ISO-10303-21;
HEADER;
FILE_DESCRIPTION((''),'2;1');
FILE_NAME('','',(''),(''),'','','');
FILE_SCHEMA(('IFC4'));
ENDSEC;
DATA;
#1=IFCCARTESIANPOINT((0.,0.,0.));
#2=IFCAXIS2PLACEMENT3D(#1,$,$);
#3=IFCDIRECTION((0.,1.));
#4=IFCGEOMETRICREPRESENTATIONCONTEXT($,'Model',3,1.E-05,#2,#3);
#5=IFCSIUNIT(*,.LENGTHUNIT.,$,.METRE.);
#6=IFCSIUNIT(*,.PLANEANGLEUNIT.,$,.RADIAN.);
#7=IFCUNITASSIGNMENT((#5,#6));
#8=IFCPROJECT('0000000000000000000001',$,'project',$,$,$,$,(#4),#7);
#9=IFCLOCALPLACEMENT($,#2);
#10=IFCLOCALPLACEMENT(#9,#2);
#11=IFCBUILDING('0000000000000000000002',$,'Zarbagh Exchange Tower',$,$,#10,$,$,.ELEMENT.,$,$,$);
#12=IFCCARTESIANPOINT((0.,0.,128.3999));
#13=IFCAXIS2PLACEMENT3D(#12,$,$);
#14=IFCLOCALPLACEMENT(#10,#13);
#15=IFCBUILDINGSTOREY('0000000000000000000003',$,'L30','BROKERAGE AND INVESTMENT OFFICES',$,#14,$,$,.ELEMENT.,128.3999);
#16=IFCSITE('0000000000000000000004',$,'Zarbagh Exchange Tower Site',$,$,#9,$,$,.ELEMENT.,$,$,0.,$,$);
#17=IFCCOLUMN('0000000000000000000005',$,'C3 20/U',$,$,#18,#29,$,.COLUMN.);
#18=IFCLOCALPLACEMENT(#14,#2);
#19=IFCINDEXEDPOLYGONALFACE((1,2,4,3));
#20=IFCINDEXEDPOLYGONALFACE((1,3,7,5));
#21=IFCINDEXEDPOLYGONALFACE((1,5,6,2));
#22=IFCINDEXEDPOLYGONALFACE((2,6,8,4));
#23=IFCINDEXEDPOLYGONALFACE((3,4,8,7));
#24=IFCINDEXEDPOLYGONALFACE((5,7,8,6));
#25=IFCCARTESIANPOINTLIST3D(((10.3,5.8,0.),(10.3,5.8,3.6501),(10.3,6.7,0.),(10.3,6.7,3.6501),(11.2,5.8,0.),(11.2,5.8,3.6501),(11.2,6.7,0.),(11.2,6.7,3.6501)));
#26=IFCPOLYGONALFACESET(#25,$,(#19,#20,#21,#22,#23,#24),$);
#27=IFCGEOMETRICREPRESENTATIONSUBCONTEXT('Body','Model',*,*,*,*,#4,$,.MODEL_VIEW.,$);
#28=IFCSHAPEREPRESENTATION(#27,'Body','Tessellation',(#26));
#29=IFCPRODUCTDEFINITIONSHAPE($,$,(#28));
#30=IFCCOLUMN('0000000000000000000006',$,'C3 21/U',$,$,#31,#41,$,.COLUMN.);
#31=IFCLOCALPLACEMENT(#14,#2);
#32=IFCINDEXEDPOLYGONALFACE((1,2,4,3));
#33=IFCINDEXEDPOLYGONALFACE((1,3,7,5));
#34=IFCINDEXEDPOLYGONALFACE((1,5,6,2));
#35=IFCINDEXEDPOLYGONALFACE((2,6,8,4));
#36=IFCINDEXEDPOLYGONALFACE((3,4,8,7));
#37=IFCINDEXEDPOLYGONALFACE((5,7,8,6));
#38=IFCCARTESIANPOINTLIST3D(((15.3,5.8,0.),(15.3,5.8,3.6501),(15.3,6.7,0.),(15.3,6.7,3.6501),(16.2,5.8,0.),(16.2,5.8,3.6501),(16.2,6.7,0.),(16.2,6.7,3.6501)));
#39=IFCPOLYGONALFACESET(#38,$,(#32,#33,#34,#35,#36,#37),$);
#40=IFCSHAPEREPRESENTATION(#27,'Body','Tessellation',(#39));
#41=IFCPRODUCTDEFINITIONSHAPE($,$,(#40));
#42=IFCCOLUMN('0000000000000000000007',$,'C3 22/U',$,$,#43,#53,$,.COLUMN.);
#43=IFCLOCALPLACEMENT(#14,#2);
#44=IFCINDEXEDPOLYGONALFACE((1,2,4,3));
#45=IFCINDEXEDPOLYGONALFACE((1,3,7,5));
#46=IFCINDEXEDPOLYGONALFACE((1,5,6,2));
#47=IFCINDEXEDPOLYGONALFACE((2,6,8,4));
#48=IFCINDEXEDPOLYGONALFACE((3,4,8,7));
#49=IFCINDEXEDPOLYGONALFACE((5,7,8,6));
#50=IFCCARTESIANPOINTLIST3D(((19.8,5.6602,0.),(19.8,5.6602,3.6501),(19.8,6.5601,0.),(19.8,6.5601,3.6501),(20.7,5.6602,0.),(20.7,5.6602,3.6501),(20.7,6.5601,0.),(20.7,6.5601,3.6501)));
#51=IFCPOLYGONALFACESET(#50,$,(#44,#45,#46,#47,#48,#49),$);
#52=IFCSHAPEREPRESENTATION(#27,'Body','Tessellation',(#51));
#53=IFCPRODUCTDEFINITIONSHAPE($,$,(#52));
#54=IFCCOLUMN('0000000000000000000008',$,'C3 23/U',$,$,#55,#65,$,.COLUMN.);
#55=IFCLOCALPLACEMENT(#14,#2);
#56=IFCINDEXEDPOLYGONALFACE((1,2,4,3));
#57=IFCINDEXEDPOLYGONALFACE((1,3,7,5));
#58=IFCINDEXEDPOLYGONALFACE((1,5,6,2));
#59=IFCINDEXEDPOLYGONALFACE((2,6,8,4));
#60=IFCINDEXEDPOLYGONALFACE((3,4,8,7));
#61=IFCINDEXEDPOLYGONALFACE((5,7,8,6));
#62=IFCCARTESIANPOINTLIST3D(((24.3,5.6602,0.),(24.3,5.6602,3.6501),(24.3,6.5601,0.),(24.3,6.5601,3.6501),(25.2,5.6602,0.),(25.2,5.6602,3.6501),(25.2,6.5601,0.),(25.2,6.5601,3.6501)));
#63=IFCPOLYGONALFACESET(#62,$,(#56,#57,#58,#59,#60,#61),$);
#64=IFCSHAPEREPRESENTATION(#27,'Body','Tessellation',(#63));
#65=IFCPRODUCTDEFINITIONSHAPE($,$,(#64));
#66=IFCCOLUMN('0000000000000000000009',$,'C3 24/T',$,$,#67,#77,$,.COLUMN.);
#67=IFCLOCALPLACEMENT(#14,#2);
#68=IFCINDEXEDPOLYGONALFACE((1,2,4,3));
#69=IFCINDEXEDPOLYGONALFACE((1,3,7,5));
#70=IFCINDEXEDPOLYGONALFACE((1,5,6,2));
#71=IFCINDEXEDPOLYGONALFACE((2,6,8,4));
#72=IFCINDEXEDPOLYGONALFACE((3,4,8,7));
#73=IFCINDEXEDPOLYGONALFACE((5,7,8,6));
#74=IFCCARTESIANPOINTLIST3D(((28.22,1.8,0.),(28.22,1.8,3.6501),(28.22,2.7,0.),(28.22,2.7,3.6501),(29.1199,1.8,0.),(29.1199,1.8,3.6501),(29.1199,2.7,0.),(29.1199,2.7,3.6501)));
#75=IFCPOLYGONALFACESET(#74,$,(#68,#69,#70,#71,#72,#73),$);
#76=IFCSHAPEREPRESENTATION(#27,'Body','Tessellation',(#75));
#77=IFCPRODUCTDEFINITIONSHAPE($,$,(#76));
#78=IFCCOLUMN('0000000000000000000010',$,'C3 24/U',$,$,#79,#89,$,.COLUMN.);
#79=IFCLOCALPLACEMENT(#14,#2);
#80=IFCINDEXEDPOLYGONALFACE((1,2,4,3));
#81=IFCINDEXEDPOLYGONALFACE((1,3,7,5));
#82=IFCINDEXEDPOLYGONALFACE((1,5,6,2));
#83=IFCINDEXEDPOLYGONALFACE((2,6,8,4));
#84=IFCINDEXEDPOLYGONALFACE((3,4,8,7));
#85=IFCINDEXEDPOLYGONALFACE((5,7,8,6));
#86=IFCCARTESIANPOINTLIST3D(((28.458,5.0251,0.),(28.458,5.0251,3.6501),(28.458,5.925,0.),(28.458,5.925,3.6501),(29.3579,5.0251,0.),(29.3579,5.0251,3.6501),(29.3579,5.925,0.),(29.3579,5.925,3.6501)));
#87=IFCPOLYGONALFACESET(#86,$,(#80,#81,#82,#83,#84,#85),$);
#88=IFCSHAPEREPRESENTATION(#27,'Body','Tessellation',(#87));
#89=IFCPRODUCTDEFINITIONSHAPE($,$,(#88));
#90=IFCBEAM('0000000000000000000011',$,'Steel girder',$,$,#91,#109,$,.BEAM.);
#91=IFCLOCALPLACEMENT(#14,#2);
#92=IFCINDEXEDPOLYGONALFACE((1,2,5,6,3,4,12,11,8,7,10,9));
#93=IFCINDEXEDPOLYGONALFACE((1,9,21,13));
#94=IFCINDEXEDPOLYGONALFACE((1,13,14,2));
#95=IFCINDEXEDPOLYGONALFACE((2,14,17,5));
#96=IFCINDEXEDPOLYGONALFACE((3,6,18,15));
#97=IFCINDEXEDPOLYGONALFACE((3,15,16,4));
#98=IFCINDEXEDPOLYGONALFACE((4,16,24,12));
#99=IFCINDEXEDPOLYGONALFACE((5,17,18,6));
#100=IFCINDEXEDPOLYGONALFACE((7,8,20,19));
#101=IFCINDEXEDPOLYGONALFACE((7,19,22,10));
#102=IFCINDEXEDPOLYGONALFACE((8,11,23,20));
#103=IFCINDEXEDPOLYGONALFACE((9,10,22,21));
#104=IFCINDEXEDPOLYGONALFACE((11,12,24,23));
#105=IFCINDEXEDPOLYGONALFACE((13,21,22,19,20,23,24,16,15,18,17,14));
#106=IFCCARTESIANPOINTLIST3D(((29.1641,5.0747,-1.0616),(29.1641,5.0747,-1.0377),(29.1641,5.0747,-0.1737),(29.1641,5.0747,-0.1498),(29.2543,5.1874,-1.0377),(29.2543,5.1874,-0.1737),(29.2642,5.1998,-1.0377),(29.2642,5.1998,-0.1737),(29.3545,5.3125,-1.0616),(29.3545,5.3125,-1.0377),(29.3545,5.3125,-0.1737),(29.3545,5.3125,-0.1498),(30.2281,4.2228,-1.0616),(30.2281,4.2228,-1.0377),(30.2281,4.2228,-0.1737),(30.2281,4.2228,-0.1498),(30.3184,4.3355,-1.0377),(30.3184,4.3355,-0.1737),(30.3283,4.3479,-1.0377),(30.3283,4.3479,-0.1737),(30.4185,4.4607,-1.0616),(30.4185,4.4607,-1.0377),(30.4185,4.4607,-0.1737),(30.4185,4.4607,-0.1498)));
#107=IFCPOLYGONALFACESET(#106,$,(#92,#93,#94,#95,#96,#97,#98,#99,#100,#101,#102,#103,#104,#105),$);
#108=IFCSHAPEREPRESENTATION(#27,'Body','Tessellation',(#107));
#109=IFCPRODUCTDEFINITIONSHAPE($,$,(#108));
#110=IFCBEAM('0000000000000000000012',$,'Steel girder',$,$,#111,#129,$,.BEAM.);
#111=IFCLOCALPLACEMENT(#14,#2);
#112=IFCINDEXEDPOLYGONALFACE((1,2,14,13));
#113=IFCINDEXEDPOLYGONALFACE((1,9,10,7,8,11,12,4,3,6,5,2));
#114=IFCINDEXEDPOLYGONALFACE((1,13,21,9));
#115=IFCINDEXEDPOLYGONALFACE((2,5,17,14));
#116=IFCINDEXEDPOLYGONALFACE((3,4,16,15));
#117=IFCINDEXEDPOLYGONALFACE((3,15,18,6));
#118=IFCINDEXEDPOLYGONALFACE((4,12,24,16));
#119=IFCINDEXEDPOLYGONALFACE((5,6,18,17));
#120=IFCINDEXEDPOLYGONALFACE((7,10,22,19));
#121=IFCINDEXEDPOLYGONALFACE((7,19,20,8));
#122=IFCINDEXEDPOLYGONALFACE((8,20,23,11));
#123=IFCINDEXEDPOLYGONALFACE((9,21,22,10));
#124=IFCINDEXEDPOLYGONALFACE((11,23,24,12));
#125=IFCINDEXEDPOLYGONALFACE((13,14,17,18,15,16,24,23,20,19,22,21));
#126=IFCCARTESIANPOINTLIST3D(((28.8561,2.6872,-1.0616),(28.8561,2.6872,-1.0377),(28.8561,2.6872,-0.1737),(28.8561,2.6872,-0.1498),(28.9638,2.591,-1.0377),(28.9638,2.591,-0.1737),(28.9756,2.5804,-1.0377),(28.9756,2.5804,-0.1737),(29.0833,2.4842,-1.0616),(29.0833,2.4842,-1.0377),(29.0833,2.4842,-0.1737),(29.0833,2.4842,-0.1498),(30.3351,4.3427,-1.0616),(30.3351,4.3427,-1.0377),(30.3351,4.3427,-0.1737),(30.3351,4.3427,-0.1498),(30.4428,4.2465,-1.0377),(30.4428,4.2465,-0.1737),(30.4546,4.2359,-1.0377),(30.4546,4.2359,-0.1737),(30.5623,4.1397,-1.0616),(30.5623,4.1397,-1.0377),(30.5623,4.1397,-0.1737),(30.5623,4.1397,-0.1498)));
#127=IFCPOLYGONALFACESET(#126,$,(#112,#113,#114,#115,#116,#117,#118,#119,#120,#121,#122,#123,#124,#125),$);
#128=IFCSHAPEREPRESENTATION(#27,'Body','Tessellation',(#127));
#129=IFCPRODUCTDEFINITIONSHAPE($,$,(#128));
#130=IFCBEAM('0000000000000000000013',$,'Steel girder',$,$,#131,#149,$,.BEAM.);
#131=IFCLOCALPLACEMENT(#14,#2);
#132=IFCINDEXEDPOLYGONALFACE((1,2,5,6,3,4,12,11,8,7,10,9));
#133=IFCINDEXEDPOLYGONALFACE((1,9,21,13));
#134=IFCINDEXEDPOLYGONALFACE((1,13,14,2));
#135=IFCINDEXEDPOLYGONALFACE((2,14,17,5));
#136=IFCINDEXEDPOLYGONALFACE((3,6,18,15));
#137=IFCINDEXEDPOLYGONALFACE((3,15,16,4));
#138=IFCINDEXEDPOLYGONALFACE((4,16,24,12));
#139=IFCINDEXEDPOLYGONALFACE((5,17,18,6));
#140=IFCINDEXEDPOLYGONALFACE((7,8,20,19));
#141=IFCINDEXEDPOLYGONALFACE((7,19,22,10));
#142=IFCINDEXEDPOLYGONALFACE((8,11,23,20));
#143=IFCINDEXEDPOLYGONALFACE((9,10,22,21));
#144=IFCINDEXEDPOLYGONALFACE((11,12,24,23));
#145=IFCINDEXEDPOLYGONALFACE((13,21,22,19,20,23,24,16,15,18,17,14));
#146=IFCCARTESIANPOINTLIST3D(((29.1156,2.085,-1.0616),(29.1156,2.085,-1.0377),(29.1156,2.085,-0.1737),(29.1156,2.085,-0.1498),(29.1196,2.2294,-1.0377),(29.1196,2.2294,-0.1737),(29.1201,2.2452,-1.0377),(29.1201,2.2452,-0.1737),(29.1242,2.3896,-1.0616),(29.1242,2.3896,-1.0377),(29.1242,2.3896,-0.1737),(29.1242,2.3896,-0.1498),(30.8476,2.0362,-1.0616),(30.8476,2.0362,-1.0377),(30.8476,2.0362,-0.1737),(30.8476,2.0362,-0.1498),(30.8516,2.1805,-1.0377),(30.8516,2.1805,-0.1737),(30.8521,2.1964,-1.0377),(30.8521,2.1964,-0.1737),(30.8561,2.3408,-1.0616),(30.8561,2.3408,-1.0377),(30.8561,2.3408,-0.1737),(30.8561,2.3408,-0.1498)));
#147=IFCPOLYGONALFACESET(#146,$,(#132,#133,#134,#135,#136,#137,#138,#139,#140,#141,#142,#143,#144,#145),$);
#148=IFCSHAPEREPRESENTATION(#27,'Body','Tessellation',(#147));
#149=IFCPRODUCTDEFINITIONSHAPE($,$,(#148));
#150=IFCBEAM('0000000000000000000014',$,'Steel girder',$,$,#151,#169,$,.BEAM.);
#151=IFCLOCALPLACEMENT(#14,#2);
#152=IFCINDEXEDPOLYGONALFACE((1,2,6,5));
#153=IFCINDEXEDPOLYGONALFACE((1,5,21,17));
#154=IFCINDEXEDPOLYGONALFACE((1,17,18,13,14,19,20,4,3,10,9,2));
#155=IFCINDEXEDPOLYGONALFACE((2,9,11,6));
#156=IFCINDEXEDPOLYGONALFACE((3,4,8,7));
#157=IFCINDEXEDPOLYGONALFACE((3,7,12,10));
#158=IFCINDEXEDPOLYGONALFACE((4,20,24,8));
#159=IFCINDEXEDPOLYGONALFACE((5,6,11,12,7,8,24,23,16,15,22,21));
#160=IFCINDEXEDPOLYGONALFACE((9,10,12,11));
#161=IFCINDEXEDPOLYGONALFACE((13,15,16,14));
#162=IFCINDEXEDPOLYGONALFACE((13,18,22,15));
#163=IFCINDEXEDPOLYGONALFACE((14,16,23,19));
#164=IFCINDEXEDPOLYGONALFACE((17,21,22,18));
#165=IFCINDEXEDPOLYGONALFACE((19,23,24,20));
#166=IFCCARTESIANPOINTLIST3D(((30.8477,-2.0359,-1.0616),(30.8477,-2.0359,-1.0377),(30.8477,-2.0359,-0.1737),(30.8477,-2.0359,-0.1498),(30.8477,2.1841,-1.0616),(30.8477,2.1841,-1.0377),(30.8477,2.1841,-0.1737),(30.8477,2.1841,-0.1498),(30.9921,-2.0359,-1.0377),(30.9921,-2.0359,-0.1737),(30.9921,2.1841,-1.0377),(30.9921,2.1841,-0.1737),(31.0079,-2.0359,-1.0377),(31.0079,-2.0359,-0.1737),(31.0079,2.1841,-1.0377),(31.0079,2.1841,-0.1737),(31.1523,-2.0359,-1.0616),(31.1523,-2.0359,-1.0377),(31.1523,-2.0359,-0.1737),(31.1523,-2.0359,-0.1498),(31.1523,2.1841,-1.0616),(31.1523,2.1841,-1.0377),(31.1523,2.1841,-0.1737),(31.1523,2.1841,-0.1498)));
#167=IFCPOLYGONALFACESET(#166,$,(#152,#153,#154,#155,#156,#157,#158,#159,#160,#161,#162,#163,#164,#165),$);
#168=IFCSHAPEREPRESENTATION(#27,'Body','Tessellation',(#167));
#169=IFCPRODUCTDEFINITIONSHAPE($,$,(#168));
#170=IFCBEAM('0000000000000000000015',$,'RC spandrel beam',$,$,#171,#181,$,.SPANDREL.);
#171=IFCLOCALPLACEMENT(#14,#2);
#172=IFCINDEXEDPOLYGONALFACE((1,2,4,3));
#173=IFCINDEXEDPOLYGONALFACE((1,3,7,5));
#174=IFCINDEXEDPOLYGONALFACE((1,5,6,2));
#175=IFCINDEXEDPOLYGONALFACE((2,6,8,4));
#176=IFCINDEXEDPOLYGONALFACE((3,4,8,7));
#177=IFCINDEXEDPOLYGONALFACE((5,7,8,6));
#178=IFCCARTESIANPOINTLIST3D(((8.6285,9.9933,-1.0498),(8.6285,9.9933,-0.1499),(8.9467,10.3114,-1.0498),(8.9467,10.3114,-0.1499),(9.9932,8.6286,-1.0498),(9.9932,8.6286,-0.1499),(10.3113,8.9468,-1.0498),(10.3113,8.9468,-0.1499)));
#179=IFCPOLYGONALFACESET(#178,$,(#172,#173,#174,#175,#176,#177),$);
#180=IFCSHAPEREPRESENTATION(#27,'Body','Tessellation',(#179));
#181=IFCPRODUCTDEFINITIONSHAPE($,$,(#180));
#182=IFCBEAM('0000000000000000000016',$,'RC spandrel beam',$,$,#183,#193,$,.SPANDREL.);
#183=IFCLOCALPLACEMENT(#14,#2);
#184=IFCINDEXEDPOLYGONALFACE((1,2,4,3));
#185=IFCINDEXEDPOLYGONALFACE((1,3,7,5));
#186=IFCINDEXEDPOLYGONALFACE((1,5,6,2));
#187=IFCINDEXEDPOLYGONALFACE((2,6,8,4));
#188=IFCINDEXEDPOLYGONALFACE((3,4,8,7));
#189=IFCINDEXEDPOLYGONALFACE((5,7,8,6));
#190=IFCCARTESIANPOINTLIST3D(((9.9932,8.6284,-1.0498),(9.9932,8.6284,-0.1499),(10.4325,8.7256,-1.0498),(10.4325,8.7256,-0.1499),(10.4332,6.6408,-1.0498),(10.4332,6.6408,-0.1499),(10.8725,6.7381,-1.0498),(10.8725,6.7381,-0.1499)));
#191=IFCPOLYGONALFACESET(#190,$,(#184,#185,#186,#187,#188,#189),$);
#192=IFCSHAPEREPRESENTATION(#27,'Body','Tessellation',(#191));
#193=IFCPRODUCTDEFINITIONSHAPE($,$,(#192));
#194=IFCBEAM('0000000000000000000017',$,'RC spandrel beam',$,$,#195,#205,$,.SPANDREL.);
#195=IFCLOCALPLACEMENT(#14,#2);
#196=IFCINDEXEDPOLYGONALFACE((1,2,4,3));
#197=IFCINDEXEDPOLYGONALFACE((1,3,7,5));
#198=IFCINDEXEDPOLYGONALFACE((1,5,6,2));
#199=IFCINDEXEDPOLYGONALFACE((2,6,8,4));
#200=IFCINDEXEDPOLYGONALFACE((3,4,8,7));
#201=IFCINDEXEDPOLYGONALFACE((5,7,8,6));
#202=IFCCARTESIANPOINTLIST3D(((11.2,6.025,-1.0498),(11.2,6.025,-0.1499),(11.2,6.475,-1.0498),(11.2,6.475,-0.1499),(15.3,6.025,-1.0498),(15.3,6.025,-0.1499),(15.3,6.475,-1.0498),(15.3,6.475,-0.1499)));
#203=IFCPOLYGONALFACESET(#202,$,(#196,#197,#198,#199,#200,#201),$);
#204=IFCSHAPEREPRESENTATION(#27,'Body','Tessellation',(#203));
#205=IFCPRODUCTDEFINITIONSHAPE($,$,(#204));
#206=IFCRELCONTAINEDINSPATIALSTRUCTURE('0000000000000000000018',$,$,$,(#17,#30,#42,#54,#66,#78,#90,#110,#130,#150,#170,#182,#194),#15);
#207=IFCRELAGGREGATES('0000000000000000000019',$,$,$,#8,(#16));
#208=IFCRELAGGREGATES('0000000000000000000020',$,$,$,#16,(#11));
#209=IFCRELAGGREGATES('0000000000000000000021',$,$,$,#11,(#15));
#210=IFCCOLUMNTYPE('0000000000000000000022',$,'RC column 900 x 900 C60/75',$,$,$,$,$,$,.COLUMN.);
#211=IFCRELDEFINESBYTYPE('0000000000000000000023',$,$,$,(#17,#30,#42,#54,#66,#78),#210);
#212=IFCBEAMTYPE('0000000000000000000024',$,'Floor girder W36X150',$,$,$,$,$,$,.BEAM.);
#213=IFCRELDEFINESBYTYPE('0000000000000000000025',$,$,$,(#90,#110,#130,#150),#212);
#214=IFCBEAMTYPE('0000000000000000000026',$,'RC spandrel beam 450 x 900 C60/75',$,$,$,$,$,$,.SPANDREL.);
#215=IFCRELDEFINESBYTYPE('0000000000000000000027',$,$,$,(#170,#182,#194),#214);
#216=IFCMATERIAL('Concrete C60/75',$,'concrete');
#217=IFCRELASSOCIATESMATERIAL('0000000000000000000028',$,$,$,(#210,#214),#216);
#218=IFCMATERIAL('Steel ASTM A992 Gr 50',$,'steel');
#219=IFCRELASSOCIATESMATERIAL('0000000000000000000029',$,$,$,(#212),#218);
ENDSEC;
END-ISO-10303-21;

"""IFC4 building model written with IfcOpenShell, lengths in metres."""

from ifc_helpers import new_model, si_unit, direction, frame, origin, origin_2d, place, context, subcontext, project, spatial, rectangle, i_section, extrude, material, material_profile, profile_set, type_object, element, save


model = new_model("IFC4")

# Units and contexts
model_context = context("Model", 3, precision=1e-05, world=origin(), true_north=direction((0.0, 1.0)))
body_context = subcontext(model_context, "Body", "Model", "MODEL_VIEW")
ifc_project = project(units=[si_unit("LENGTHUNIT", "METRE"), si_unit("PLANEANGLEUNIT", "RADIAN")], contexts=[model_context])

# Site, building, storey
site_placement = place(None, origin())
site = spatial("IfcSite", under=ifc_project, at=site_placement, Name="Zarbagh Exchange Tower Site", CompositionType="ELEMENT", RefElevation=0.0)
building_placement = place(site_placement, origin())
building = spatial("IfcBuilding", under=site, at=building_placement, Name="Zarbagh Exchange Tower", CompositionType="ELEMENT")
storey_placement = place(building_placement, frame((0.0, 0.0, 128.3999)))
storey = spatial("IfcBuildingStorey", under=building, at=storey_placement, Name="L30", Description="BROKERAGE AND INVESTMENT OFFICES", CompositionType="ELEMENT", Elevation=128.3999)

# Columns
ifc_material_1 = material(Name="Concrete C60/75", Category="concrete")
ifc_material_profile_1 = material_profile(ifc_material_1, rectangle(XDim=0.8999, YDim=0.8999, at=origin_2d()), Name="RC column 900 x 900 C60/75")
ifc_profile_set_1 = profile_set([ifc_material_profile_1], Name="Concrete C60/75")
column_type = type_object("IfcColumnType", Name="RC column 900 x 900 C60/75", PredefinedType="COLUMN", material=ifc_profile_set_1)
for number, where, z_axis, x_axis, name in (
    (1, (10.75, 6.25, 0.0), (0.0, 0.0, 1.0), (1.0, 0.0, 0.0), "C3 20/U"),
    (2, (15.75, 6.25, 0.0), (0.0, 0.0, 1.0), (1.0, 0.0, 0.0), "C3 21/U"),
    (3, (20.25, 6.1101, 0.0), (0.0, 0.0, 1.0), (1.0, 0.0, 0.0), "C3 22/U"),
    (4, (24.75, 6.1101, 0.0), (0.0, 0.0, 1.0), (1.0, 0.0, 0.0), "C3 23/U"),
    (5, (28.6699, 2.25, 0.0), (0.0, 0.0, 1.0), (1.0, 0.0, 0.0), "C3 24/T"),
    (6, (28.908, 5.4751, 0.0), (0.0, 0.0, 1.0), (1.0, 0.0, 0.0), "C3 24/U"),
):
    element("IfcColumn", number, at=place(storey_placement, frame(where, z_axis=z_axis, x_axis=x_axis)), inside=storey, type_object=column_type, Name=name, PredefinedType="COLUMN", context=body_context, shape_type="SweptSolid", body=[
        extrude(rectangle(XDim=0.8999, YDim=0.8999, at=origin_2d()), origin(), (0.0, 0.0, 1.0), 3.6501),
    ])

# Beams
ifc_material_2 = material(Name="Steel ASTM A992 Gr 50", Category="steel")
ifc_material_profile_2 = material_profile(ifc_material_2, i_section(OverallWidth=0.3047, OverallDepth=0.9119, WebThickness=0.0159, FlangeThickness=0.0239, at=origin_2d()), Name="W36X150")
ifc_profile_set_2 = profile_set([ifc_material_profile_2], Name="Steel ASTM A992 Gr 50")
beam_type_1 = type_object("IfcBeamType", Name="Floor girder W36X150", PredefinedType="BEAM", material=ifc_profile_set_2)
beam_1_placement = place(storey_placement, frame((29.2593, 5.1936, -0.6057), z_axis=(0.780642, -0.624979, 0.0), x_axis=(0.624979, 0.780642, 0.0)))
element("IfcBeam", 7, at=beam_1_placement, inside=storey, type_object=beam_type_1, Name="Steel girder", PredefinedType="BEAM", context=body_context, shape_type="SweptSolid", body=[
    extrude(i_section(OverallWidth=0.3047, OverallDepth=0.9119, WebThickness=0.0159, FlangeThickness=0.0239, at=origin_2d()), origin(), (0.0, 0.0, 1.0), 1.363),
])
beam_2_placement = place(storey_placement, frame((30.4487, 4.2412, -0.6057), z_axis=(-0.666232, -0.745744, 0.0), x_axis=(0.745744, -0.666232, 0.0)))
element("IfcBeam", 8, at=beam_2_placement, inside=storey, type_object=beam_type_1, Name="Steel girder", PredefinedType="BEAM", context=body_context, shape_type="SweptSolid", body=[
    extrude(i_section(OverallWidth=0.3047, OverallDepth=0.9119, WebThickness=0.0159, FlangeThickness=0.0239, at=origin_2d()), origin(), (0.0, 0.0, 1.0), 2.22),
])
beam_3_placement = place(storey_placement, frame((29.1199, 2.2373, -0.6057), z_axis=(0.999603, -0.028182, 0.0), x_axis=(0.028182, 0.999603, 0.0)))
element("IfcBeam", 9, at=beam_3_placement, inside=storey, type_object=beam_type_1, Name="Steel girder", PredefinedType="BEAM", context=body_context, shape_type="SweptSolid", body=[
    extrude(i_section(OverallWidth=0.3047, OverallDepth=0.9119, WebThickness=0.0159, FlangeThickness=0.0239, at=origin_2d()), origin(), (0.0, 0.0, 1.0), 1.7327),
])
beam_4_placement = place(storey_placement, frame((31.0, 2.1841, -0.6057), z_axis=(0.0, -1.0, 0.0), x_axis=(1.0, 0.0, 0.0)))
element("IfcBeam", 10, at=beam_4_placement, inside=storey, type_object=beam_type_1, Name="Steel girder", PredefinedType="BEAM", context=body_context, shape_type="SweptSolid", body=[
    extrude(i_section(OverallWidth=0.3047, OverallDepth=0.9119, WebThickness=0.0159, FlangeThickness=0.0239, at=origin_2d()), origin(), (0.0, 0.0, 1.0), 4.22),
])
ifc_material_profile_3 = material_profile(ifc_material_1, rectangle(XDim=0.45, YDim=0.8999, at=origin_2d()), Name="RC spandrel beam 450 x 900 C60/75")
ifc_profile_set_3 = profile_set([ifc_material_profile_3], Name="Concrete C60/75")
beam_type_2 = type_object("IfcBeamType", Name="RC spandrel beam 450 x 900 C60/75", PredefinedType="SPANDREL", material=ifc_profile_set_3)
beam_5_placement = place(storey_placement, frame((8.7876, 10.1523, -0.5999), z_axis=(0.707107, -0.707107, 0.0), x_axis=(0.707107, 0.707107, 0.0)))
element("IfcBeam", 11, at=beam_5_placement, inside=storey, type_object=beam_type_2, Name="RC spandrel beam", PredefinedType="SPANDREL", context=body_context, shape_type="SweptSolid", body=[
    extrude(rectangle(XDim=0.45, YDim=0.8999, at=origin_2d()), origin(), (0.0, 0.0, 1.0), 1.9299),
])
beam_6_placement = place(storey_placement, frame((10.2129, 8.677, -0.5999), z_axis=(0.216118, -0.976367, 0.0), x_axis=(0.976367, 0.216118, 0.0)))
element("IfcBeam", 12, at=beam_6_placement, inside=storey, type_object=beam_type_2, Name="RC spandrel beam", PredefinedType="SPANDREL", context=body_context, shape_type="SweptSolid", body=[
    extrude(rectangle(XDim=0.45, YDim=0.8999, at=origin_2d()), origin(), (0.0, 0.0, 1.0), 2.0356),
])
beam_7_placement = place(storey_placement, frame((11.2, 6.25, -0.5999), z_axis=(1.0, 0.0, 0.0), x_axis=(0.0, 1.0, 0.0)))
element("IfcBeam", 13, at=beam_7_placement, inside=storey, type_object=beam_type_2, Name="RC spandrel beam", PredefinedType="SPANDREL", context=body_context, shape_type="SweptSolid", body=[
    extrude(rectangle(XDim=0.45, YDim=0.8999, at=origin_2d()), origin(), (0.0, 0.0, 1.0), 4.1001),
])

save(model, "model.ifc")
